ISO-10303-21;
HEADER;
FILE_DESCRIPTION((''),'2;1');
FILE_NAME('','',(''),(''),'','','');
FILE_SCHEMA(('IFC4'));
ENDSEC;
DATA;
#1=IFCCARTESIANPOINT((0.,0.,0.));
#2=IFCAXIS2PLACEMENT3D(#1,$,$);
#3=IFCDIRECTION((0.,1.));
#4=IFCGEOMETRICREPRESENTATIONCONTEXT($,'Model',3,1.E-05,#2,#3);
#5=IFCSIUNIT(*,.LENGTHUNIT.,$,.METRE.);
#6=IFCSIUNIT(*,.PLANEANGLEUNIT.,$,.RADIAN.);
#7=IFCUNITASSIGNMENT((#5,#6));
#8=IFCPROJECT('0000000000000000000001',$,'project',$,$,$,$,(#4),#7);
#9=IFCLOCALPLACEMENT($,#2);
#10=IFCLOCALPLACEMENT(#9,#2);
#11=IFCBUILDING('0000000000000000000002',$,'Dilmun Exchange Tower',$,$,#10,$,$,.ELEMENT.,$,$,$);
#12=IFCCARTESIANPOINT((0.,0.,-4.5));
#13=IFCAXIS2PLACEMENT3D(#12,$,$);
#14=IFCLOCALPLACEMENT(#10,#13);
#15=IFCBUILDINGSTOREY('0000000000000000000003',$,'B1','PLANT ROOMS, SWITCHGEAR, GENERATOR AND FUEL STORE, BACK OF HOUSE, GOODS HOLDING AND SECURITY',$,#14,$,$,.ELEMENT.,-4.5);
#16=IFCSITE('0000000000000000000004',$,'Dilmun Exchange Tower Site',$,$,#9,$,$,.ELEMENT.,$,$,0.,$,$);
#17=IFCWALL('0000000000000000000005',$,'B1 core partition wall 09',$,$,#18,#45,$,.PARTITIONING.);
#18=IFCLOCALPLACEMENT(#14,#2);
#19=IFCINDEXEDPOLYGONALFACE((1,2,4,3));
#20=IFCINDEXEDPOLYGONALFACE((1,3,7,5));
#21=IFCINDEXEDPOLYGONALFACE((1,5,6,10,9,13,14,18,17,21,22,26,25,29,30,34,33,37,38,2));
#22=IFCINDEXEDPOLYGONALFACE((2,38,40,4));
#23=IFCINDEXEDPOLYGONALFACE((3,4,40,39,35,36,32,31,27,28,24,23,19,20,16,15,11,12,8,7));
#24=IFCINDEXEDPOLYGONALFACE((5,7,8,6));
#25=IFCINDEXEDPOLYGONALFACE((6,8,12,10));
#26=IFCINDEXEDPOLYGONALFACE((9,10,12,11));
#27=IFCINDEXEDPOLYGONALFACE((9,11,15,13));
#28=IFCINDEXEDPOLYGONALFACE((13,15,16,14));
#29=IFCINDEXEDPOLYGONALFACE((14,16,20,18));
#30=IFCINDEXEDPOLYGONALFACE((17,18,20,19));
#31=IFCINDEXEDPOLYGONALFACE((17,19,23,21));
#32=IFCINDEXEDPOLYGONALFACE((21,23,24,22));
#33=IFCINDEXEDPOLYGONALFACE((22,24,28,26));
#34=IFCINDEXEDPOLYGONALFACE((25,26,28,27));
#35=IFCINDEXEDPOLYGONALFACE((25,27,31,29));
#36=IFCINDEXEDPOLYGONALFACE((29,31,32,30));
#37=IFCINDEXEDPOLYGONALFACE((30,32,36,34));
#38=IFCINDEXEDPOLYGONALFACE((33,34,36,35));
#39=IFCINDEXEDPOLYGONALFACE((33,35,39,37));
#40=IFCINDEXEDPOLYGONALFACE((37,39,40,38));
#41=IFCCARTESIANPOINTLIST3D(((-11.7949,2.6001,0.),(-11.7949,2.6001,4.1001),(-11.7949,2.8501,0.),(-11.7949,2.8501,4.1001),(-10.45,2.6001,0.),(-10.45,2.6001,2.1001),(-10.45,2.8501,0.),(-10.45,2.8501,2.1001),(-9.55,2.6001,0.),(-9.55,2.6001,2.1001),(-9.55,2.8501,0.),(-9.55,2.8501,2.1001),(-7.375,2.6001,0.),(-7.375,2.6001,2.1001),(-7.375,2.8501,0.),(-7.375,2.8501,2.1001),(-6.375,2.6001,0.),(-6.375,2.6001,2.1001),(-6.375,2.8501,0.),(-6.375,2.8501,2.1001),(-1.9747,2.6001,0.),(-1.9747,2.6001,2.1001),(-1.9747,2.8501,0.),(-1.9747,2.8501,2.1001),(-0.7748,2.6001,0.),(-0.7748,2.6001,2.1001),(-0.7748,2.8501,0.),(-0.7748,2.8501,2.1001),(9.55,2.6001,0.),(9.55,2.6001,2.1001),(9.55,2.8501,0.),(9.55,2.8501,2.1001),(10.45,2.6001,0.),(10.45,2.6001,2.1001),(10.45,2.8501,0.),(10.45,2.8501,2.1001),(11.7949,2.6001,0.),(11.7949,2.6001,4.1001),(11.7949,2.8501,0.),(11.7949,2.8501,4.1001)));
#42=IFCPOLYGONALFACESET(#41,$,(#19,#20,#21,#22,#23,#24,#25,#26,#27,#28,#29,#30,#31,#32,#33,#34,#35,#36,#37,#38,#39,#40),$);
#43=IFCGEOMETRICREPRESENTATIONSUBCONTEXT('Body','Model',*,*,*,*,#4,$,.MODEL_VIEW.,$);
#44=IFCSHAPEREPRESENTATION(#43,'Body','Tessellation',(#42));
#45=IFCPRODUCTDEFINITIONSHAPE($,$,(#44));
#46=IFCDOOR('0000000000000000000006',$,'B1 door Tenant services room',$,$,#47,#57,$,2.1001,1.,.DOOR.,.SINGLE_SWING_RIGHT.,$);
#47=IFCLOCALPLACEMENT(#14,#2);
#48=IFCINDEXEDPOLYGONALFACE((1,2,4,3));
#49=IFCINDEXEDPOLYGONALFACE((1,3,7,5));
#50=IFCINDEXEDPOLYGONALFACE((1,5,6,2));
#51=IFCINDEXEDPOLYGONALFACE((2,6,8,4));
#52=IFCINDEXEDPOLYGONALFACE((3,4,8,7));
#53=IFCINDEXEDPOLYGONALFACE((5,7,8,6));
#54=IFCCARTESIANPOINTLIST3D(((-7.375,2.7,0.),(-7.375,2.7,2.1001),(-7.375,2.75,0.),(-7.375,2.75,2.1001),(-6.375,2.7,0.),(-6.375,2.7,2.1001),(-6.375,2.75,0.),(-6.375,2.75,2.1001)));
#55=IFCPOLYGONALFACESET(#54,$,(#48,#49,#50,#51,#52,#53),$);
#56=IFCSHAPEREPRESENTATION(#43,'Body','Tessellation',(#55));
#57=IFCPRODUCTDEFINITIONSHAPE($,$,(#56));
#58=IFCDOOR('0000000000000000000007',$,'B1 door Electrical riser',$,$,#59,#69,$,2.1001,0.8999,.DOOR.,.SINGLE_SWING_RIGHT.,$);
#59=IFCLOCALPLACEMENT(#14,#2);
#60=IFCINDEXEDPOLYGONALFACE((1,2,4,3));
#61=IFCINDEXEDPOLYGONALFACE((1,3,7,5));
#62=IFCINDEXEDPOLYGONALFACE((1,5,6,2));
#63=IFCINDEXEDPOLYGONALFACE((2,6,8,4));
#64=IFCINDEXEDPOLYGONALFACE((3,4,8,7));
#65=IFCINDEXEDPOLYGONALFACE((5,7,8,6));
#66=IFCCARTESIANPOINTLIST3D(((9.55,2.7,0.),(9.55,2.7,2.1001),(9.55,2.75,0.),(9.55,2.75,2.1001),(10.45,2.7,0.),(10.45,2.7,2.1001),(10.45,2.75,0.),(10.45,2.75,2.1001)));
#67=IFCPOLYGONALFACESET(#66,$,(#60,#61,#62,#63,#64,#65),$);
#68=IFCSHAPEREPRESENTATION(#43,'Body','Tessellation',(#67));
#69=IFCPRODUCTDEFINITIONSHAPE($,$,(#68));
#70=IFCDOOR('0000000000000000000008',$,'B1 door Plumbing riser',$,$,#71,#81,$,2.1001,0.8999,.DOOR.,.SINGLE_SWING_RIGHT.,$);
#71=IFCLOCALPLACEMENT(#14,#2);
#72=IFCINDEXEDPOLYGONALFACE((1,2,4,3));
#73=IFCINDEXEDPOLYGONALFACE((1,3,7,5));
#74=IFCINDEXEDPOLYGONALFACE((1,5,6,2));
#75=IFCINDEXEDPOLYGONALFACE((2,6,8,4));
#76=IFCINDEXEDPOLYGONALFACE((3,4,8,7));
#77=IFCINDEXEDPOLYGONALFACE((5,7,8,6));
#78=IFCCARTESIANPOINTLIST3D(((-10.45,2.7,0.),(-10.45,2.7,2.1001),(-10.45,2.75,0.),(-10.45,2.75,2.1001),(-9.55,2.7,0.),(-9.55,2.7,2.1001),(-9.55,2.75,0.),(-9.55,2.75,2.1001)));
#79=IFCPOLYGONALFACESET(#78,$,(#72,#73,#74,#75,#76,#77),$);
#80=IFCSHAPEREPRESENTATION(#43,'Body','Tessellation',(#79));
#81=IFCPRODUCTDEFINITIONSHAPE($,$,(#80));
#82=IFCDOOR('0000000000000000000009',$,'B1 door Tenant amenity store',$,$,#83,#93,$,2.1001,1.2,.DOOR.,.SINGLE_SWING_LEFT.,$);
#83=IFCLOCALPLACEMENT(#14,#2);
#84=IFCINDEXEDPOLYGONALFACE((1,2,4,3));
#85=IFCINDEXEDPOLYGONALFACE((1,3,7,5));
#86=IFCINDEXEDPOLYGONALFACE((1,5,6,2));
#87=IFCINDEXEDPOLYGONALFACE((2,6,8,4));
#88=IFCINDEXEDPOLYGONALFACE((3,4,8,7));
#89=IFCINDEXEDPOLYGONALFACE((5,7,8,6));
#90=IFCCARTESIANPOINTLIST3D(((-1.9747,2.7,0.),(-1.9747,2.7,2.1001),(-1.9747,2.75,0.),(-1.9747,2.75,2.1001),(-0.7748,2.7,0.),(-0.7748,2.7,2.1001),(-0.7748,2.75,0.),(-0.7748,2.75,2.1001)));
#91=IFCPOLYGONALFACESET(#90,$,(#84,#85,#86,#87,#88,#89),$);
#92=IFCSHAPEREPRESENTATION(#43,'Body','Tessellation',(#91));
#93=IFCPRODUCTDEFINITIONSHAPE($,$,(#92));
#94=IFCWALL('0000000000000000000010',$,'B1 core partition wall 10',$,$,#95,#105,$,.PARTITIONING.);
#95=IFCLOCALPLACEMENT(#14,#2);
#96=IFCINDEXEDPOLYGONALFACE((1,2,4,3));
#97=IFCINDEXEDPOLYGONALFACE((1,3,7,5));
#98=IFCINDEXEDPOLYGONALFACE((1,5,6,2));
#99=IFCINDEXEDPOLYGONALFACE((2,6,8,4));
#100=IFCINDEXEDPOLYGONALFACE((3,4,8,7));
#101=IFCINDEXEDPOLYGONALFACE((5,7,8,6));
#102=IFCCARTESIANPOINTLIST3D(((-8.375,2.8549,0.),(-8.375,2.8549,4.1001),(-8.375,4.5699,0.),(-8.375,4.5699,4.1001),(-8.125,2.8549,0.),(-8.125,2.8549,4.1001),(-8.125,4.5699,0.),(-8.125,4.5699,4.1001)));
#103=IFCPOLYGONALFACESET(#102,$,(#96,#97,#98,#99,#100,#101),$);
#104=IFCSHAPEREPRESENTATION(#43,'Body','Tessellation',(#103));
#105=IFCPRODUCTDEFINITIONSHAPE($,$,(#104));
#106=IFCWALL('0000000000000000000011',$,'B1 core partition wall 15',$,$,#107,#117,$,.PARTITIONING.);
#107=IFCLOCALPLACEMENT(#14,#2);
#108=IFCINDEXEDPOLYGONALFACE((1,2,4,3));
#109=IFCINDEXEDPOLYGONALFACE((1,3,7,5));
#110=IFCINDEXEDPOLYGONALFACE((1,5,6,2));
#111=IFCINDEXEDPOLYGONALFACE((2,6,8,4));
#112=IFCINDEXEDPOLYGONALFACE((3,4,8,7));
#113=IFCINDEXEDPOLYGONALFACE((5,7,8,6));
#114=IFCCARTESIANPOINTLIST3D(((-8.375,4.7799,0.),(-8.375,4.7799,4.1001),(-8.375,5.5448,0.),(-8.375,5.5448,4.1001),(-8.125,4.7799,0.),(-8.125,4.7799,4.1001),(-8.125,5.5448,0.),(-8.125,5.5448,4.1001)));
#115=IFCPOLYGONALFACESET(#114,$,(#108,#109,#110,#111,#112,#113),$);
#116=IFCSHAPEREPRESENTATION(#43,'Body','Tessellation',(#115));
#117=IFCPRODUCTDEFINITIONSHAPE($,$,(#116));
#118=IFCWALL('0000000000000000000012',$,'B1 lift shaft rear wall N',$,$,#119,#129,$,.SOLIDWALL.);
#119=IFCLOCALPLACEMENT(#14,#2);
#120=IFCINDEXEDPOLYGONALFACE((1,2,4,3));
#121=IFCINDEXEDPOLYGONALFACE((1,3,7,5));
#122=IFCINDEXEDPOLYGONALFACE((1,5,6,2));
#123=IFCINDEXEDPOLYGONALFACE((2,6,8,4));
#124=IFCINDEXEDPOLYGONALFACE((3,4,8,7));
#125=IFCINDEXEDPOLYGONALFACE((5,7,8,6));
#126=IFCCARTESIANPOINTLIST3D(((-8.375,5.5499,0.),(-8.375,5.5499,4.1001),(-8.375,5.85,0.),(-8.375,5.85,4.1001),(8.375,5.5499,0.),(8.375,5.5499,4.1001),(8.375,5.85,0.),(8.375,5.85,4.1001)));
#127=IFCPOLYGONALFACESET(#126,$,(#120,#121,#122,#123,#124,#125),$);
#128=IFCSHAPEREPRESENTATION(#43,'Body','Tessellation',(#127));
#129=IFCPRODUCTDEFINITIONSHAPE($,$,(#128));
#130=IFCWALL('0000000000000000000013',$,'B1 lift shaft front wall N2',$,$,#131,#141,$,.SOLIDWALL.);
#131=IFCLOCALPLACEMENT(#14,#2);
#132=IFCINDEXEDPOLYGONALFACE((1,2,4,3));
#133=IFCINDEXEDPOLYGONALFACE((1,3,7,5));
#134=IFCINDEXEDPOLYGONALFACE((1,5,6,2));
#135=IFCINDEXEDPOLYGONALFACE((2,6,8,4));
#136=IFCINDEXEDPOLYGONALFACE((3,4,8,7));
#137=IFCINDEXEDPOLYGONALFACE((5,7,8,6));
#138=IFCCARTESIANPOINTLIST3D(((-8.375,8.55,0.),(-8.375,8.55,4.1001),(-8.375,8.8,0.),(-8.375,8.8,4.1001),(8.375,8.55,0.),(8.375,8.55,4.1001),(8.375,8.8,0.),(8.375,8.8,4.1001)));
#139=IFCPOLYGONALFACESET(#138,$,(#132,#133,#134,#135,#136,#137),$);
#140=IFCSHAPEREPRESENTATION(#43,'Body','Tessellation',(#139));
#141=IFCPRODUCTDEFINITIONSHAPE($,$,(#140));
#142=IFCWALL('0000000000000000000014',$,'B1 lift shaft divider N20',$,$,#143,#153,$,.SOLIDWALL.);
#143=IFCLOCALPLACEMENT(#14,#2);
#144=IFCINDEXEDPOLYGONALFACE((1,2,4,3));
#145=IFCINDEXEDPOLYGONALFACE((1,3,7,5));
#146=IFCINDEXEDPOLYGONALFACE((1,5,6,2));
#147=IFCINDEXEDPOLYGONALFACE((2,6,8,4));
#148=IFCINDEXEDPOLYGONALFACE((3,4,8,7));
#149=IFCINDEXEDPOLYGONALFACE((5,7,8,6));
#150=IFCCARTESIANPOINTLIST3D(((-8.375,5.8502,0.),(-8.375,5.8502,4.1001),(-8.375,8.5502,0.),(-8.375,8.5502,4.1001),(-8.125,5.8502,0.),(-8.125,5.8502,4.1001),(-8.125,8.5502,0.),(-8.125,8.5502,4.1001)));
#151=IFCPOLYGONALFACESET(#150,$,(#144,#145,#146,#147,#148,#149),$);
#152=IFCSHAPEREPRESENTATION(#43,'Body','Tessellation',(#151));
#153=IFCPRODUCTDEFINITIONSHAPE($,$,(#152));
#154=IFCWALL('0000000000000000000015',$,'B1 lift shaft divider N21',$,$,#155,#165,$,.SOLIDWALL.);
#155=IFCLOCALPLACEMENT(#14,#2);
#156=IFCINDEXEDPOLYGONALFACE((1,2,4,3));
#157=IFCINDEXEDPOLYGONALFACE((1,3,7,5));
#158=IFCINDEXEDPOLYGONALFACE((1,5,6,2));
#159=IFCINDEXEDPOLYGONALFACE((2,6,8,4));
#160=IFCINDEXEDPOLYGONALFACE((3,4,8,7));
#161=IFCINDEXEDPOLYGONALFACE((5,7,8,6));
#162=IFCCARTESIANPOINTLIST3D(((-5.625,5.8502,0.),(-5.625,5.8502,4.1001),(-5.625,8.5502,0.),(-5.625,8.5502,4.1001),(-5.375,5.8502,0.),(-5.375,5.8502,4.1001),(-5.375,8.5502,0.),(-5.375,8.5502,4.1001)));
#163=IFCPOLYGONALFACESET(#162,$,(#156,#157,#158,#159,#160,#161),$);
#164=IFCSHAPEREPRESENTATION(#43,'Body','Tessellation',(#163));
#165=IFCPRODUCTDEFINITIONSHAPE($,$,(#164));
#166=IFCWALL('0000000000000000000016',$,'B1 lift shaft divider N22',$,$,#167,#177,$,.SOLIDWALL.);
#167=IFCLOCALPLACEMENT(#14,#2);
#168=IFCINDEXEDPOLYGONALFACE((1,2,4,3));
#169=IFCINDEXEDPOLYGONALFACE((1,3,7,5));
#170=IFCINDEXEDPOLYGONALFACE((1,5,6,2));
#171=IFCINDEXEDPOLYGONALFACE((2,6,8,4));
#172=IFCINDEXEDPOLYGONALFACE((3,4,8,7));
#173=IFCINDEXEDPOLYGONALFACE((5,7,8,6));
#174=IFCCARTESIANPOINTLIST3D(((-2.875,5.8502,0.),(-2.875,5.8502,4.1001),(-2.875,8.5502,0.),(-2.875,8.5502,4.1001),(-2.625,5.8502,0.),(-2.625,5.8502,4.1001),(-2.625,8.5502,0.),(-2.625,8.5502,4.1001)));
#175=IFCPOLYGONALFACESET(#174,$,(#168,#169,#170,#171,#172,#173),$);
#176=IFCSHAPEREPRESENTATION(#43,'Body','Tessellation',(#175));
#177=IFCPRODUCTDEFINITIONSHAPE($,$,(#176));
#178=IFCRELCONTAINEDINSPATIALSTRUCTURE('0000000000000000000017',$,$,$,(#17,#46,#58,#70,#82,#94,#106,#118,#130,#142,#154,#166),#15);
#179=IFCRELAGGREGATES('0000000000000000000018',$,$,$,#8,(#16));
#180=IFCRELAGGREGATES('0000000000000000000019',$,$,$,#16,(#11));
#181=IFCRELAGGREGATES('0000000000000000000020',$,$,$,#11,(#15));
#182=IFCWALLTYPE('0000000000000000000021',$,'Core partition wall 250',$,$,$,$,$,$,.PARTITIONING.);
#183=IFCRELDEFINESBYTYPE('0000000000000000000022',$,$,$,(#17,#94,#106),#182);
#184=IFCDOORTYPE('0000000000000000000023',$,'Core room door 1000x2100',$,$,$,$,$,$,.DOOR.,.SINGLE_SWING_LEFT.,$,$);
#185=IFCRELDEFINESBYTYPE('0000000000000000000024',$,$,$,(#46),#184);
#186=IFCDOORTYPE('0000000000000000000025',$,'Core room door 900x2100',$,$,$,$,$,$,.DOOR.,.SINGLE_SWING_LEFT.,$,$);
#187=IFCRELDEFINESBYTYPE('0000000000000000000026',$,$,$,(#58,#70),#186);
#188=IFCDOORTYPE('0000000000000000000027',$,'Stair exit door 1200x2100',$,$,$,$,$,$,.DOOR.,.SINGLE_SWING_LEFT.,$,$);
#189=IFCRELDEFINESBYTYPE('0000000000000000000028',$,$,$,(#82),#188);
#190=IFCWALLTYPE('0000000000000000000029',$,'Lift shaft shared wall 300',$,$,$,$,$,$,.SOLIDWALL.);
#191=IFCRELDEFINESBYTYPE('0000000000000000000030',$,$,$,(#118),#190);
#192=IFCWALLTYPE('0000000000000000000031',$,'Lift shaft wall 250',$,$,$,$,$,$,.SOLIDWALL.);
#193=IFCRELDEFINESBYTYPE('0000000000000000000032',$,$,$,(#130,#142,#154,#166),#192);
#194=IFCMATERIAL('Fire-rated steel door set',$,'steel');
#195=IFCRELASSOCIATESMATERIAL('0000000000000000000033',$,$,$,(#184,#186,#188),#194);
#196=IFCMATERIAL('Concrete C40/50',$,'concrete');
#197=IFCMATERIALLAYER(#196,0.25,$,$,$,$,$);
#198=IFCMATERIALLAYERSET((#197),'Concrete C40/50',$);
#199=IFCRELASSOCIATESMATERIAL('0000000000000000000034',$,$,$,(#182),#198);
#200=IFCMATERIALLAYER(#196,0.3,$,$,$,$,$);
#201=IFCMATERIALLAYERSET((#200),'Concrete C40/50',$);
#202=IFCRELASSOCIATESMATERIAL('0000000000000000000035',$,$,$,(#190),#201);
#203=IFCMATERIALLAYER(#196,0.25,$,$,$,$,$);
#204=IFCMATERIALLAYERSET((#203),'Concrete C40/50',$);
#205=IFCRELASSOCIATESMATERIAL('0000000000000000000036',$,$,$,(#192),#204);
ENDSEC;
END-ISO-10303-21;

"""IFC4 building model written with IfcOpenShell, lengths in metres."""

from ifc_helpers import new_model, si_unit, direction, frame, frame_2d, origin, place, context, subcontext, project, spatial, rectangle, extrude, material, layer, layer_set, type_object, element, fill, save


model = new_model("IFC4")

# Units and contexts
model_context = context("Model", 3, precision=1e-05, world=origin(), true_north=direction((0.0, 1.0)))
body_context = subcontext(model_context, "Body", "Model", "MODEL_VIEW")
ifc_project = project(units=[si_unit("LENGTHUNIT", "METRE"), si_unit("PLANEANGLEUNIT", "RADIAN")], contexts=[model_context])

# Site, building, storey
site_placement = place(None, origin())
site = spatial("IfcSite", under=ifc_project, at=site_placement, Name="Dilmun Exchange Tower Site", CompositionType="ELEMENT", RefElevation=0.0)
building_placement = place(site_placement, origin())
building = spatial("IfcBuilding", under=site, at=building_placement, Name="Dilmun Exchange Tower", CompositionType="ELEMENT")
storey_placement = place(building_placement, frame((0.0, 0.0, -4.5)))
storey = spatial("IfcBuildingStorey", under=building, at=storey_placement, Name="B1", Description="PLANT ROOMS, SWITCHGEAR, GENERATOR AND FUEL STORE, BACK OF HOUSE, GOODS HOLDING AND SECURITY", CompositionType="ELEMENT", Elevation=-4.5)

# Shared definitions
ifc_material_1 = material(Name="Concrete C40/50", Category="concrete")

# Shared definitions
ifc_material_2 = material(Name="Fire-rated steel door set", Category="steel")
door_type_1 = type_object("IfcDoorType", Name="Core room door 1000x2100", OperationType="SINGLE_SWING_LEFT", PredefinedType="DOOR", material=ifc_material_2)

# Wall, openings, doors
ifc_layer_1 = layer(ifc_material_1, 0.25)
ifc_layer_set_1 = layer_set([ifc_layer_1], Name="Concrete C40/50")
wall_type_1 = type_object("IfcWallType", Name="Core partition wall 250", PredefinedType="PARTITIONING", material=ifc_layer_set_1)
wall_1_placement = place(storey_placement, frame((-11.7949, 2.7251, 0.0), z_axis=(0.0, 0.0, 1.0), x_axis=(1.0, 0.0, 0.0)))
wall_1 = element("IfcWall", 1, at=wall_1_placement, inside=storey, type_object=wall_type_1, Name="B1 core partition wall 09", PredefinedType="PARTITIONING", context=body_context, shape_type="SweptSolid", body=[
    extrude(rectangle(XDim=23.5898, YDim=0.25, at=frame_2d((11.7949, 0.0))), origin(), (0.0, 0.0, 1.0), 4.1001),
])
opening_1_placement = place(wall_1_placement, frame((21.345, 0.0, 0.0)))
opening_1 = element("IfcOpeningElement", 2, at=opening_1_placement, cuts=wall_1, PredefinedType="OPENING", context=body_context, shape_type="SweptSolid", body=[
    extrude(rectangle(XDim=0.8999, YDim=2.1001, at=frame_2d((0.45, 1.05))), frame((0.0, 0.135, 0.0), z_axis=(0.0, -1.0, 0.0), x_axis=(1.0, 0.0, 0.0)), (0.0, 0.0, 1.0), 0.27),
])
opening_2_placement = place(wall_1_placement, frame((1.345, 0.0, 0.0)))
opening_2 = element("IfcOpeningElement", 3, at=opening_2_placement, cuts=wall_1, PredefinedType="OPENING", context=body_context, shape_type="SweptSolid", body=[
    extrude(rectangle(XDim=0.8999, YDim=2.1001, at=frame_2d((0.45, 1.05))), frame((0.0, 0.135, 0.0), z_axis=(0.0, -1.0, 0.0), x_axis=(1.0, 0.0, 0.0)), (0.0, 0.0, 1.0), 0.27),
])
opening_3_placement = place(wall_1_placement, frame((4.4199, 0.0, 0.0)))
opening_3 = element("IfcOpeningElement", 4, at=opening_3_placement, cuts=wall_1, PredefinedType="OPENING", context=body_context, shape_type="SweptSolid", body=[
    extrude(rectangle(XDim=1.0, YDim=2.1001, at=frame_2d((0.5, 1.05))), frame((0.0, 0.135, 0.0), z_axis=(0.0, -1.0, 0.0), x_axis=(1.0, 0.0, 0.0)), (0.0, 0.0, 1.0), 0.27),
])
opening_4_placement = place(wall_1_placement, frame((9.8201, 0.0, 0.0)))
opening_4 = element("IfcOpeningElement", 5, at=opening_4_placement, cuts=wall_1, PredefinedType="OPENING", context=body_context, shape_type="SweptSolid", body=[
    extrude(rectangle(XDim=1.2, YDim=2.1001, at=frame_2d((0.6001, 1.05))), frame((0.0, 0.135, 0.0), z_axis=(0.0, -1.0, 0.0), x_axis=(1.0, 0.0, 0.0)), (0.0, 0.0, 1.0), 0.27),
])
door_1_placement = place(opening_3_placement, origin())
door_1 = element("IfcDoor", 6, at=door_1_placement, inside=storey, type_object=door_type_1, Name="B1 door Tenant services room", OperationType="SINGLE_SWING_RIGHT", OverallHeight=2.1001, OverallWidth=1.0, PredefinedType="DOOR", context=body_context, shape_type="SweptSolid", body=[
    extrude(rectangle(XDim=1.0, YDim=2.1001, at=frame_2d((0.5, 1.05))), frame((0.0, 0.0249, 0.0), z_axis=(0.0, -1.0, 0.0), x_axis=(1.0, 0.0, 0.0)), (0.0, 0.0, 1.0), 0.05),
])
fill(opening_3, door_1)
door_type_2 = type_object("IfcDoorType", Name="Core room door 900x2100", OperationType="SINGLE_SWING_LEFT", PredefinedType="DOOR", material=ifc_material_2)
door_2_placement = place(opening_1_placement, origin())
door_2 = element("IfcDoor", 7, at=door_2_placement, inside=storey, type_object=door_type_2, Name="B1 door Electrical riser", OperationType="SINGLE_SWING_RIGHT", OverallHeight=2.1001, OverallWidth=0.8999, PredefinedType="DOOR", context=body_context, shape_type="SweptSolid", body=[
    extrude(rectangle(XDim=0.8999, YDim=2.1001, at=frame_2d((0.45, 1.05))), frame((0.0, 0.0249, 0.0), z_axis=(0.0, -1.0, 0.0), x_axis=(1.0, 0.0, 0.0)), (0.0, 0.0, 1.0), 0.05),
])
fill(opening_1, door_2)
door_3_placement = place(opening_2_placement, origin())
door_3 = element("IfcDoor", 8, at=door_3_placement, inside=storey, type_object=door_type_2, Name="B1 door Plumbing riser", OperationType="SINGLE_SWING_RIGHT", OverallHeight=2.1001, OverallWidth=0.8999, PredefinedType="DOOR", context=body_context, shape_type="SweptSolid", body=[
    extrude(rectangle(XDim=0.8999, YDim=2.1001, at=frame_2d((0.45, 1.05))), frame((0.0, 0.0249, 0.0), z_axis=(0.0, -1.0, 0.0), x_axis=(1.0, 0.0, 0.0)), (0.0, 0.0, 1.0), 0.05),
])
fill(opening_2, door_3)
door_type_3 = type_object("IfcDoorType", Name="Stair exit door 1200x2100", OperationType="SINGLE_SWING_LEFT", PredefinedType="DOOR", material=ifc_material_2)
door_4_placement = place(opening_4_placement, origin())
door_4 = element("IfcDoor", 9, at=door_4_placement, inside=storey, type_object=door_type_3, Name="B1 door Tenant amenity store", OperationType="SINGLE_SWING_LEFT", OverallHeight=2.1001, OverallWidth=1.2, PredefinedType="DOOR", context=body_context, shape_type="SweptSolid", body=[
    extrude(rectangle(XDim=1.2, YDim=2.1001, at=frame_2d((0.6001, 1.05))), frame((0.0, 0.0249, 0.0), z_axis=(0.0, -1.0, 0.0), x_axis=(1.0, 0.0, 0.0)), (0.0, 0.0, 1.0), 0.05),
])
fill(opening_4, door_4)

# Walls
wall_2_placement = place(storey_placement, frame((-8.25, 2.855, 0.0), z_axis=(0.0, 0.0, 1.0), x_axis=(0.0, 1.0, 0.0)))
element("IfcWall", 10, at=wall_2_placement, inside=storey, type_object=wall_type_1, Name="B1 core partition wall 10", PredefinedType="PARTITIONING", context=body_context, shape_type="SweptSolid", body=[
    extrude(rectangle(XDim=1.7151, YDim=0.25, at=frame_2d((0.8574, 0.0))), origin(), (0.0, 0.0, 1.0), 4.1001),
])
wall_3_placement = place(storey_placement, frame((-8.25, 4.78, 0.0), z_axis=(0.0, 0.0, 1.0), x_axis=(0.0, 1.0, 0.0)))
element("IfcWall", 11, at=wall_3_placement, inside=storey, type_object=wall_type_1, Name="B1 core partition wall 15", PredefinedType="PARTITIONING", context=body_context, shape_type="SweptSolid", body=[
    extrude(rectangle(XDim=0.7649, YDim=0.25, at=frame_2d((0.3823, 0.0))), origin(), (0.0, 0.0, 1.0), 4.1001),
])
ifc_layer_2 = layer(ifc_material_1, 0.3)
ifc_layer_set_2 = layer_set([ifc_layer_2], Name="Concrete C40/50")
wall_type_2 = type_object("IfcWallType", Name="Lift shaft shared wall 300", PredefinedType="SOLIDWALL", material=ifc_layer_set_2)
wall_4_placement = place(storey_placement, frame((-8.375, 5.7, 0.0), z_axis=(0.0, 0.0, 1.0), x_axis=(1.0, 0.0, 0.0)))
element("IfcWall", 12, at=wall_4_placement, inside=storey, type_object=wall_type_2, Name="B1 lift shaft rear wall N", PredefinedType="SOLIDWALL", context=body_context, shape_type="SweptSolid", body=[
    extrude(rectangle(XDim=16.75, YDim=0.3, at=frame_2d((8.375, 0.0))), origin(), (0.0, 0.0, 1.0), 4.1001),
])
ifc_layer_3 = layer(ifc_material_1, 0.25)
ifc_layer_set_3 = layer_set([ifc_layer_3], Name="Concrete C40/50")
wall_type_3 = type_object("IfcWallType", Name="Lift shaft wall 250", PredefinedType="SOLIDWALL", material=ifc_layer_set_3)
wall_5_placement = place(storey_placement, frame((-8.375, 8.675, 0.0), z_axis=(0.0, 0.0, 1.0), x_axis=(1.0, 0.0, 0.0)))
element("IfcWall", 13, at=wall_5_placement, inside=storey, type_object=wall_type_3, Name="B1 lift shaft front wall N2", PredefinedType="SOLIDWALL", context=body_context, shape_type="SweptSolid", body=[
    extrude(rectangle(XDim=16.75, YDim=0.25, at=frame_2d((8.375, 0.0))), origin(), (0.0, 0.0, 1.0), 4.1001),
])
for number, where, z_axis, x_axis, name in (
    (14, (-8.25, 5.8501, 0.0), (0.0, 0.0, 1.0), (0.0, 1.0, 0.0), "B1 lift shaft divider N20"),
    (15, (-5.5, 5.8501, 0.0), (0.0, 0.0, 1.0), (0.0, 1.0, 0.0), "B1 lift shaft divider N21"),
    (16, (-2.75, 5.8501, 0.0), (0.0, 0.0, 1.0), (0.0, 1.0, 0.0), "B1 lift shaft divider N22"),
):
    element("IfcWall", number, at=place(storey_placement, frame(where, z_axis=z_axis, x_axis=x_axis)), inside=storey, type_object=wall_type_3, Name=name, PredefinedType="SOLIDWALL", context=body_context, shape_type="SweptSolid", body=[
        extrude(rectangle(XDim=2.7, YDim=0.25, at=frame_2d((1.3501, 0.0))), origin(), (0.0, 0.0, 1.0), 4.1001),
    ])

save(model, "model.ifc")
